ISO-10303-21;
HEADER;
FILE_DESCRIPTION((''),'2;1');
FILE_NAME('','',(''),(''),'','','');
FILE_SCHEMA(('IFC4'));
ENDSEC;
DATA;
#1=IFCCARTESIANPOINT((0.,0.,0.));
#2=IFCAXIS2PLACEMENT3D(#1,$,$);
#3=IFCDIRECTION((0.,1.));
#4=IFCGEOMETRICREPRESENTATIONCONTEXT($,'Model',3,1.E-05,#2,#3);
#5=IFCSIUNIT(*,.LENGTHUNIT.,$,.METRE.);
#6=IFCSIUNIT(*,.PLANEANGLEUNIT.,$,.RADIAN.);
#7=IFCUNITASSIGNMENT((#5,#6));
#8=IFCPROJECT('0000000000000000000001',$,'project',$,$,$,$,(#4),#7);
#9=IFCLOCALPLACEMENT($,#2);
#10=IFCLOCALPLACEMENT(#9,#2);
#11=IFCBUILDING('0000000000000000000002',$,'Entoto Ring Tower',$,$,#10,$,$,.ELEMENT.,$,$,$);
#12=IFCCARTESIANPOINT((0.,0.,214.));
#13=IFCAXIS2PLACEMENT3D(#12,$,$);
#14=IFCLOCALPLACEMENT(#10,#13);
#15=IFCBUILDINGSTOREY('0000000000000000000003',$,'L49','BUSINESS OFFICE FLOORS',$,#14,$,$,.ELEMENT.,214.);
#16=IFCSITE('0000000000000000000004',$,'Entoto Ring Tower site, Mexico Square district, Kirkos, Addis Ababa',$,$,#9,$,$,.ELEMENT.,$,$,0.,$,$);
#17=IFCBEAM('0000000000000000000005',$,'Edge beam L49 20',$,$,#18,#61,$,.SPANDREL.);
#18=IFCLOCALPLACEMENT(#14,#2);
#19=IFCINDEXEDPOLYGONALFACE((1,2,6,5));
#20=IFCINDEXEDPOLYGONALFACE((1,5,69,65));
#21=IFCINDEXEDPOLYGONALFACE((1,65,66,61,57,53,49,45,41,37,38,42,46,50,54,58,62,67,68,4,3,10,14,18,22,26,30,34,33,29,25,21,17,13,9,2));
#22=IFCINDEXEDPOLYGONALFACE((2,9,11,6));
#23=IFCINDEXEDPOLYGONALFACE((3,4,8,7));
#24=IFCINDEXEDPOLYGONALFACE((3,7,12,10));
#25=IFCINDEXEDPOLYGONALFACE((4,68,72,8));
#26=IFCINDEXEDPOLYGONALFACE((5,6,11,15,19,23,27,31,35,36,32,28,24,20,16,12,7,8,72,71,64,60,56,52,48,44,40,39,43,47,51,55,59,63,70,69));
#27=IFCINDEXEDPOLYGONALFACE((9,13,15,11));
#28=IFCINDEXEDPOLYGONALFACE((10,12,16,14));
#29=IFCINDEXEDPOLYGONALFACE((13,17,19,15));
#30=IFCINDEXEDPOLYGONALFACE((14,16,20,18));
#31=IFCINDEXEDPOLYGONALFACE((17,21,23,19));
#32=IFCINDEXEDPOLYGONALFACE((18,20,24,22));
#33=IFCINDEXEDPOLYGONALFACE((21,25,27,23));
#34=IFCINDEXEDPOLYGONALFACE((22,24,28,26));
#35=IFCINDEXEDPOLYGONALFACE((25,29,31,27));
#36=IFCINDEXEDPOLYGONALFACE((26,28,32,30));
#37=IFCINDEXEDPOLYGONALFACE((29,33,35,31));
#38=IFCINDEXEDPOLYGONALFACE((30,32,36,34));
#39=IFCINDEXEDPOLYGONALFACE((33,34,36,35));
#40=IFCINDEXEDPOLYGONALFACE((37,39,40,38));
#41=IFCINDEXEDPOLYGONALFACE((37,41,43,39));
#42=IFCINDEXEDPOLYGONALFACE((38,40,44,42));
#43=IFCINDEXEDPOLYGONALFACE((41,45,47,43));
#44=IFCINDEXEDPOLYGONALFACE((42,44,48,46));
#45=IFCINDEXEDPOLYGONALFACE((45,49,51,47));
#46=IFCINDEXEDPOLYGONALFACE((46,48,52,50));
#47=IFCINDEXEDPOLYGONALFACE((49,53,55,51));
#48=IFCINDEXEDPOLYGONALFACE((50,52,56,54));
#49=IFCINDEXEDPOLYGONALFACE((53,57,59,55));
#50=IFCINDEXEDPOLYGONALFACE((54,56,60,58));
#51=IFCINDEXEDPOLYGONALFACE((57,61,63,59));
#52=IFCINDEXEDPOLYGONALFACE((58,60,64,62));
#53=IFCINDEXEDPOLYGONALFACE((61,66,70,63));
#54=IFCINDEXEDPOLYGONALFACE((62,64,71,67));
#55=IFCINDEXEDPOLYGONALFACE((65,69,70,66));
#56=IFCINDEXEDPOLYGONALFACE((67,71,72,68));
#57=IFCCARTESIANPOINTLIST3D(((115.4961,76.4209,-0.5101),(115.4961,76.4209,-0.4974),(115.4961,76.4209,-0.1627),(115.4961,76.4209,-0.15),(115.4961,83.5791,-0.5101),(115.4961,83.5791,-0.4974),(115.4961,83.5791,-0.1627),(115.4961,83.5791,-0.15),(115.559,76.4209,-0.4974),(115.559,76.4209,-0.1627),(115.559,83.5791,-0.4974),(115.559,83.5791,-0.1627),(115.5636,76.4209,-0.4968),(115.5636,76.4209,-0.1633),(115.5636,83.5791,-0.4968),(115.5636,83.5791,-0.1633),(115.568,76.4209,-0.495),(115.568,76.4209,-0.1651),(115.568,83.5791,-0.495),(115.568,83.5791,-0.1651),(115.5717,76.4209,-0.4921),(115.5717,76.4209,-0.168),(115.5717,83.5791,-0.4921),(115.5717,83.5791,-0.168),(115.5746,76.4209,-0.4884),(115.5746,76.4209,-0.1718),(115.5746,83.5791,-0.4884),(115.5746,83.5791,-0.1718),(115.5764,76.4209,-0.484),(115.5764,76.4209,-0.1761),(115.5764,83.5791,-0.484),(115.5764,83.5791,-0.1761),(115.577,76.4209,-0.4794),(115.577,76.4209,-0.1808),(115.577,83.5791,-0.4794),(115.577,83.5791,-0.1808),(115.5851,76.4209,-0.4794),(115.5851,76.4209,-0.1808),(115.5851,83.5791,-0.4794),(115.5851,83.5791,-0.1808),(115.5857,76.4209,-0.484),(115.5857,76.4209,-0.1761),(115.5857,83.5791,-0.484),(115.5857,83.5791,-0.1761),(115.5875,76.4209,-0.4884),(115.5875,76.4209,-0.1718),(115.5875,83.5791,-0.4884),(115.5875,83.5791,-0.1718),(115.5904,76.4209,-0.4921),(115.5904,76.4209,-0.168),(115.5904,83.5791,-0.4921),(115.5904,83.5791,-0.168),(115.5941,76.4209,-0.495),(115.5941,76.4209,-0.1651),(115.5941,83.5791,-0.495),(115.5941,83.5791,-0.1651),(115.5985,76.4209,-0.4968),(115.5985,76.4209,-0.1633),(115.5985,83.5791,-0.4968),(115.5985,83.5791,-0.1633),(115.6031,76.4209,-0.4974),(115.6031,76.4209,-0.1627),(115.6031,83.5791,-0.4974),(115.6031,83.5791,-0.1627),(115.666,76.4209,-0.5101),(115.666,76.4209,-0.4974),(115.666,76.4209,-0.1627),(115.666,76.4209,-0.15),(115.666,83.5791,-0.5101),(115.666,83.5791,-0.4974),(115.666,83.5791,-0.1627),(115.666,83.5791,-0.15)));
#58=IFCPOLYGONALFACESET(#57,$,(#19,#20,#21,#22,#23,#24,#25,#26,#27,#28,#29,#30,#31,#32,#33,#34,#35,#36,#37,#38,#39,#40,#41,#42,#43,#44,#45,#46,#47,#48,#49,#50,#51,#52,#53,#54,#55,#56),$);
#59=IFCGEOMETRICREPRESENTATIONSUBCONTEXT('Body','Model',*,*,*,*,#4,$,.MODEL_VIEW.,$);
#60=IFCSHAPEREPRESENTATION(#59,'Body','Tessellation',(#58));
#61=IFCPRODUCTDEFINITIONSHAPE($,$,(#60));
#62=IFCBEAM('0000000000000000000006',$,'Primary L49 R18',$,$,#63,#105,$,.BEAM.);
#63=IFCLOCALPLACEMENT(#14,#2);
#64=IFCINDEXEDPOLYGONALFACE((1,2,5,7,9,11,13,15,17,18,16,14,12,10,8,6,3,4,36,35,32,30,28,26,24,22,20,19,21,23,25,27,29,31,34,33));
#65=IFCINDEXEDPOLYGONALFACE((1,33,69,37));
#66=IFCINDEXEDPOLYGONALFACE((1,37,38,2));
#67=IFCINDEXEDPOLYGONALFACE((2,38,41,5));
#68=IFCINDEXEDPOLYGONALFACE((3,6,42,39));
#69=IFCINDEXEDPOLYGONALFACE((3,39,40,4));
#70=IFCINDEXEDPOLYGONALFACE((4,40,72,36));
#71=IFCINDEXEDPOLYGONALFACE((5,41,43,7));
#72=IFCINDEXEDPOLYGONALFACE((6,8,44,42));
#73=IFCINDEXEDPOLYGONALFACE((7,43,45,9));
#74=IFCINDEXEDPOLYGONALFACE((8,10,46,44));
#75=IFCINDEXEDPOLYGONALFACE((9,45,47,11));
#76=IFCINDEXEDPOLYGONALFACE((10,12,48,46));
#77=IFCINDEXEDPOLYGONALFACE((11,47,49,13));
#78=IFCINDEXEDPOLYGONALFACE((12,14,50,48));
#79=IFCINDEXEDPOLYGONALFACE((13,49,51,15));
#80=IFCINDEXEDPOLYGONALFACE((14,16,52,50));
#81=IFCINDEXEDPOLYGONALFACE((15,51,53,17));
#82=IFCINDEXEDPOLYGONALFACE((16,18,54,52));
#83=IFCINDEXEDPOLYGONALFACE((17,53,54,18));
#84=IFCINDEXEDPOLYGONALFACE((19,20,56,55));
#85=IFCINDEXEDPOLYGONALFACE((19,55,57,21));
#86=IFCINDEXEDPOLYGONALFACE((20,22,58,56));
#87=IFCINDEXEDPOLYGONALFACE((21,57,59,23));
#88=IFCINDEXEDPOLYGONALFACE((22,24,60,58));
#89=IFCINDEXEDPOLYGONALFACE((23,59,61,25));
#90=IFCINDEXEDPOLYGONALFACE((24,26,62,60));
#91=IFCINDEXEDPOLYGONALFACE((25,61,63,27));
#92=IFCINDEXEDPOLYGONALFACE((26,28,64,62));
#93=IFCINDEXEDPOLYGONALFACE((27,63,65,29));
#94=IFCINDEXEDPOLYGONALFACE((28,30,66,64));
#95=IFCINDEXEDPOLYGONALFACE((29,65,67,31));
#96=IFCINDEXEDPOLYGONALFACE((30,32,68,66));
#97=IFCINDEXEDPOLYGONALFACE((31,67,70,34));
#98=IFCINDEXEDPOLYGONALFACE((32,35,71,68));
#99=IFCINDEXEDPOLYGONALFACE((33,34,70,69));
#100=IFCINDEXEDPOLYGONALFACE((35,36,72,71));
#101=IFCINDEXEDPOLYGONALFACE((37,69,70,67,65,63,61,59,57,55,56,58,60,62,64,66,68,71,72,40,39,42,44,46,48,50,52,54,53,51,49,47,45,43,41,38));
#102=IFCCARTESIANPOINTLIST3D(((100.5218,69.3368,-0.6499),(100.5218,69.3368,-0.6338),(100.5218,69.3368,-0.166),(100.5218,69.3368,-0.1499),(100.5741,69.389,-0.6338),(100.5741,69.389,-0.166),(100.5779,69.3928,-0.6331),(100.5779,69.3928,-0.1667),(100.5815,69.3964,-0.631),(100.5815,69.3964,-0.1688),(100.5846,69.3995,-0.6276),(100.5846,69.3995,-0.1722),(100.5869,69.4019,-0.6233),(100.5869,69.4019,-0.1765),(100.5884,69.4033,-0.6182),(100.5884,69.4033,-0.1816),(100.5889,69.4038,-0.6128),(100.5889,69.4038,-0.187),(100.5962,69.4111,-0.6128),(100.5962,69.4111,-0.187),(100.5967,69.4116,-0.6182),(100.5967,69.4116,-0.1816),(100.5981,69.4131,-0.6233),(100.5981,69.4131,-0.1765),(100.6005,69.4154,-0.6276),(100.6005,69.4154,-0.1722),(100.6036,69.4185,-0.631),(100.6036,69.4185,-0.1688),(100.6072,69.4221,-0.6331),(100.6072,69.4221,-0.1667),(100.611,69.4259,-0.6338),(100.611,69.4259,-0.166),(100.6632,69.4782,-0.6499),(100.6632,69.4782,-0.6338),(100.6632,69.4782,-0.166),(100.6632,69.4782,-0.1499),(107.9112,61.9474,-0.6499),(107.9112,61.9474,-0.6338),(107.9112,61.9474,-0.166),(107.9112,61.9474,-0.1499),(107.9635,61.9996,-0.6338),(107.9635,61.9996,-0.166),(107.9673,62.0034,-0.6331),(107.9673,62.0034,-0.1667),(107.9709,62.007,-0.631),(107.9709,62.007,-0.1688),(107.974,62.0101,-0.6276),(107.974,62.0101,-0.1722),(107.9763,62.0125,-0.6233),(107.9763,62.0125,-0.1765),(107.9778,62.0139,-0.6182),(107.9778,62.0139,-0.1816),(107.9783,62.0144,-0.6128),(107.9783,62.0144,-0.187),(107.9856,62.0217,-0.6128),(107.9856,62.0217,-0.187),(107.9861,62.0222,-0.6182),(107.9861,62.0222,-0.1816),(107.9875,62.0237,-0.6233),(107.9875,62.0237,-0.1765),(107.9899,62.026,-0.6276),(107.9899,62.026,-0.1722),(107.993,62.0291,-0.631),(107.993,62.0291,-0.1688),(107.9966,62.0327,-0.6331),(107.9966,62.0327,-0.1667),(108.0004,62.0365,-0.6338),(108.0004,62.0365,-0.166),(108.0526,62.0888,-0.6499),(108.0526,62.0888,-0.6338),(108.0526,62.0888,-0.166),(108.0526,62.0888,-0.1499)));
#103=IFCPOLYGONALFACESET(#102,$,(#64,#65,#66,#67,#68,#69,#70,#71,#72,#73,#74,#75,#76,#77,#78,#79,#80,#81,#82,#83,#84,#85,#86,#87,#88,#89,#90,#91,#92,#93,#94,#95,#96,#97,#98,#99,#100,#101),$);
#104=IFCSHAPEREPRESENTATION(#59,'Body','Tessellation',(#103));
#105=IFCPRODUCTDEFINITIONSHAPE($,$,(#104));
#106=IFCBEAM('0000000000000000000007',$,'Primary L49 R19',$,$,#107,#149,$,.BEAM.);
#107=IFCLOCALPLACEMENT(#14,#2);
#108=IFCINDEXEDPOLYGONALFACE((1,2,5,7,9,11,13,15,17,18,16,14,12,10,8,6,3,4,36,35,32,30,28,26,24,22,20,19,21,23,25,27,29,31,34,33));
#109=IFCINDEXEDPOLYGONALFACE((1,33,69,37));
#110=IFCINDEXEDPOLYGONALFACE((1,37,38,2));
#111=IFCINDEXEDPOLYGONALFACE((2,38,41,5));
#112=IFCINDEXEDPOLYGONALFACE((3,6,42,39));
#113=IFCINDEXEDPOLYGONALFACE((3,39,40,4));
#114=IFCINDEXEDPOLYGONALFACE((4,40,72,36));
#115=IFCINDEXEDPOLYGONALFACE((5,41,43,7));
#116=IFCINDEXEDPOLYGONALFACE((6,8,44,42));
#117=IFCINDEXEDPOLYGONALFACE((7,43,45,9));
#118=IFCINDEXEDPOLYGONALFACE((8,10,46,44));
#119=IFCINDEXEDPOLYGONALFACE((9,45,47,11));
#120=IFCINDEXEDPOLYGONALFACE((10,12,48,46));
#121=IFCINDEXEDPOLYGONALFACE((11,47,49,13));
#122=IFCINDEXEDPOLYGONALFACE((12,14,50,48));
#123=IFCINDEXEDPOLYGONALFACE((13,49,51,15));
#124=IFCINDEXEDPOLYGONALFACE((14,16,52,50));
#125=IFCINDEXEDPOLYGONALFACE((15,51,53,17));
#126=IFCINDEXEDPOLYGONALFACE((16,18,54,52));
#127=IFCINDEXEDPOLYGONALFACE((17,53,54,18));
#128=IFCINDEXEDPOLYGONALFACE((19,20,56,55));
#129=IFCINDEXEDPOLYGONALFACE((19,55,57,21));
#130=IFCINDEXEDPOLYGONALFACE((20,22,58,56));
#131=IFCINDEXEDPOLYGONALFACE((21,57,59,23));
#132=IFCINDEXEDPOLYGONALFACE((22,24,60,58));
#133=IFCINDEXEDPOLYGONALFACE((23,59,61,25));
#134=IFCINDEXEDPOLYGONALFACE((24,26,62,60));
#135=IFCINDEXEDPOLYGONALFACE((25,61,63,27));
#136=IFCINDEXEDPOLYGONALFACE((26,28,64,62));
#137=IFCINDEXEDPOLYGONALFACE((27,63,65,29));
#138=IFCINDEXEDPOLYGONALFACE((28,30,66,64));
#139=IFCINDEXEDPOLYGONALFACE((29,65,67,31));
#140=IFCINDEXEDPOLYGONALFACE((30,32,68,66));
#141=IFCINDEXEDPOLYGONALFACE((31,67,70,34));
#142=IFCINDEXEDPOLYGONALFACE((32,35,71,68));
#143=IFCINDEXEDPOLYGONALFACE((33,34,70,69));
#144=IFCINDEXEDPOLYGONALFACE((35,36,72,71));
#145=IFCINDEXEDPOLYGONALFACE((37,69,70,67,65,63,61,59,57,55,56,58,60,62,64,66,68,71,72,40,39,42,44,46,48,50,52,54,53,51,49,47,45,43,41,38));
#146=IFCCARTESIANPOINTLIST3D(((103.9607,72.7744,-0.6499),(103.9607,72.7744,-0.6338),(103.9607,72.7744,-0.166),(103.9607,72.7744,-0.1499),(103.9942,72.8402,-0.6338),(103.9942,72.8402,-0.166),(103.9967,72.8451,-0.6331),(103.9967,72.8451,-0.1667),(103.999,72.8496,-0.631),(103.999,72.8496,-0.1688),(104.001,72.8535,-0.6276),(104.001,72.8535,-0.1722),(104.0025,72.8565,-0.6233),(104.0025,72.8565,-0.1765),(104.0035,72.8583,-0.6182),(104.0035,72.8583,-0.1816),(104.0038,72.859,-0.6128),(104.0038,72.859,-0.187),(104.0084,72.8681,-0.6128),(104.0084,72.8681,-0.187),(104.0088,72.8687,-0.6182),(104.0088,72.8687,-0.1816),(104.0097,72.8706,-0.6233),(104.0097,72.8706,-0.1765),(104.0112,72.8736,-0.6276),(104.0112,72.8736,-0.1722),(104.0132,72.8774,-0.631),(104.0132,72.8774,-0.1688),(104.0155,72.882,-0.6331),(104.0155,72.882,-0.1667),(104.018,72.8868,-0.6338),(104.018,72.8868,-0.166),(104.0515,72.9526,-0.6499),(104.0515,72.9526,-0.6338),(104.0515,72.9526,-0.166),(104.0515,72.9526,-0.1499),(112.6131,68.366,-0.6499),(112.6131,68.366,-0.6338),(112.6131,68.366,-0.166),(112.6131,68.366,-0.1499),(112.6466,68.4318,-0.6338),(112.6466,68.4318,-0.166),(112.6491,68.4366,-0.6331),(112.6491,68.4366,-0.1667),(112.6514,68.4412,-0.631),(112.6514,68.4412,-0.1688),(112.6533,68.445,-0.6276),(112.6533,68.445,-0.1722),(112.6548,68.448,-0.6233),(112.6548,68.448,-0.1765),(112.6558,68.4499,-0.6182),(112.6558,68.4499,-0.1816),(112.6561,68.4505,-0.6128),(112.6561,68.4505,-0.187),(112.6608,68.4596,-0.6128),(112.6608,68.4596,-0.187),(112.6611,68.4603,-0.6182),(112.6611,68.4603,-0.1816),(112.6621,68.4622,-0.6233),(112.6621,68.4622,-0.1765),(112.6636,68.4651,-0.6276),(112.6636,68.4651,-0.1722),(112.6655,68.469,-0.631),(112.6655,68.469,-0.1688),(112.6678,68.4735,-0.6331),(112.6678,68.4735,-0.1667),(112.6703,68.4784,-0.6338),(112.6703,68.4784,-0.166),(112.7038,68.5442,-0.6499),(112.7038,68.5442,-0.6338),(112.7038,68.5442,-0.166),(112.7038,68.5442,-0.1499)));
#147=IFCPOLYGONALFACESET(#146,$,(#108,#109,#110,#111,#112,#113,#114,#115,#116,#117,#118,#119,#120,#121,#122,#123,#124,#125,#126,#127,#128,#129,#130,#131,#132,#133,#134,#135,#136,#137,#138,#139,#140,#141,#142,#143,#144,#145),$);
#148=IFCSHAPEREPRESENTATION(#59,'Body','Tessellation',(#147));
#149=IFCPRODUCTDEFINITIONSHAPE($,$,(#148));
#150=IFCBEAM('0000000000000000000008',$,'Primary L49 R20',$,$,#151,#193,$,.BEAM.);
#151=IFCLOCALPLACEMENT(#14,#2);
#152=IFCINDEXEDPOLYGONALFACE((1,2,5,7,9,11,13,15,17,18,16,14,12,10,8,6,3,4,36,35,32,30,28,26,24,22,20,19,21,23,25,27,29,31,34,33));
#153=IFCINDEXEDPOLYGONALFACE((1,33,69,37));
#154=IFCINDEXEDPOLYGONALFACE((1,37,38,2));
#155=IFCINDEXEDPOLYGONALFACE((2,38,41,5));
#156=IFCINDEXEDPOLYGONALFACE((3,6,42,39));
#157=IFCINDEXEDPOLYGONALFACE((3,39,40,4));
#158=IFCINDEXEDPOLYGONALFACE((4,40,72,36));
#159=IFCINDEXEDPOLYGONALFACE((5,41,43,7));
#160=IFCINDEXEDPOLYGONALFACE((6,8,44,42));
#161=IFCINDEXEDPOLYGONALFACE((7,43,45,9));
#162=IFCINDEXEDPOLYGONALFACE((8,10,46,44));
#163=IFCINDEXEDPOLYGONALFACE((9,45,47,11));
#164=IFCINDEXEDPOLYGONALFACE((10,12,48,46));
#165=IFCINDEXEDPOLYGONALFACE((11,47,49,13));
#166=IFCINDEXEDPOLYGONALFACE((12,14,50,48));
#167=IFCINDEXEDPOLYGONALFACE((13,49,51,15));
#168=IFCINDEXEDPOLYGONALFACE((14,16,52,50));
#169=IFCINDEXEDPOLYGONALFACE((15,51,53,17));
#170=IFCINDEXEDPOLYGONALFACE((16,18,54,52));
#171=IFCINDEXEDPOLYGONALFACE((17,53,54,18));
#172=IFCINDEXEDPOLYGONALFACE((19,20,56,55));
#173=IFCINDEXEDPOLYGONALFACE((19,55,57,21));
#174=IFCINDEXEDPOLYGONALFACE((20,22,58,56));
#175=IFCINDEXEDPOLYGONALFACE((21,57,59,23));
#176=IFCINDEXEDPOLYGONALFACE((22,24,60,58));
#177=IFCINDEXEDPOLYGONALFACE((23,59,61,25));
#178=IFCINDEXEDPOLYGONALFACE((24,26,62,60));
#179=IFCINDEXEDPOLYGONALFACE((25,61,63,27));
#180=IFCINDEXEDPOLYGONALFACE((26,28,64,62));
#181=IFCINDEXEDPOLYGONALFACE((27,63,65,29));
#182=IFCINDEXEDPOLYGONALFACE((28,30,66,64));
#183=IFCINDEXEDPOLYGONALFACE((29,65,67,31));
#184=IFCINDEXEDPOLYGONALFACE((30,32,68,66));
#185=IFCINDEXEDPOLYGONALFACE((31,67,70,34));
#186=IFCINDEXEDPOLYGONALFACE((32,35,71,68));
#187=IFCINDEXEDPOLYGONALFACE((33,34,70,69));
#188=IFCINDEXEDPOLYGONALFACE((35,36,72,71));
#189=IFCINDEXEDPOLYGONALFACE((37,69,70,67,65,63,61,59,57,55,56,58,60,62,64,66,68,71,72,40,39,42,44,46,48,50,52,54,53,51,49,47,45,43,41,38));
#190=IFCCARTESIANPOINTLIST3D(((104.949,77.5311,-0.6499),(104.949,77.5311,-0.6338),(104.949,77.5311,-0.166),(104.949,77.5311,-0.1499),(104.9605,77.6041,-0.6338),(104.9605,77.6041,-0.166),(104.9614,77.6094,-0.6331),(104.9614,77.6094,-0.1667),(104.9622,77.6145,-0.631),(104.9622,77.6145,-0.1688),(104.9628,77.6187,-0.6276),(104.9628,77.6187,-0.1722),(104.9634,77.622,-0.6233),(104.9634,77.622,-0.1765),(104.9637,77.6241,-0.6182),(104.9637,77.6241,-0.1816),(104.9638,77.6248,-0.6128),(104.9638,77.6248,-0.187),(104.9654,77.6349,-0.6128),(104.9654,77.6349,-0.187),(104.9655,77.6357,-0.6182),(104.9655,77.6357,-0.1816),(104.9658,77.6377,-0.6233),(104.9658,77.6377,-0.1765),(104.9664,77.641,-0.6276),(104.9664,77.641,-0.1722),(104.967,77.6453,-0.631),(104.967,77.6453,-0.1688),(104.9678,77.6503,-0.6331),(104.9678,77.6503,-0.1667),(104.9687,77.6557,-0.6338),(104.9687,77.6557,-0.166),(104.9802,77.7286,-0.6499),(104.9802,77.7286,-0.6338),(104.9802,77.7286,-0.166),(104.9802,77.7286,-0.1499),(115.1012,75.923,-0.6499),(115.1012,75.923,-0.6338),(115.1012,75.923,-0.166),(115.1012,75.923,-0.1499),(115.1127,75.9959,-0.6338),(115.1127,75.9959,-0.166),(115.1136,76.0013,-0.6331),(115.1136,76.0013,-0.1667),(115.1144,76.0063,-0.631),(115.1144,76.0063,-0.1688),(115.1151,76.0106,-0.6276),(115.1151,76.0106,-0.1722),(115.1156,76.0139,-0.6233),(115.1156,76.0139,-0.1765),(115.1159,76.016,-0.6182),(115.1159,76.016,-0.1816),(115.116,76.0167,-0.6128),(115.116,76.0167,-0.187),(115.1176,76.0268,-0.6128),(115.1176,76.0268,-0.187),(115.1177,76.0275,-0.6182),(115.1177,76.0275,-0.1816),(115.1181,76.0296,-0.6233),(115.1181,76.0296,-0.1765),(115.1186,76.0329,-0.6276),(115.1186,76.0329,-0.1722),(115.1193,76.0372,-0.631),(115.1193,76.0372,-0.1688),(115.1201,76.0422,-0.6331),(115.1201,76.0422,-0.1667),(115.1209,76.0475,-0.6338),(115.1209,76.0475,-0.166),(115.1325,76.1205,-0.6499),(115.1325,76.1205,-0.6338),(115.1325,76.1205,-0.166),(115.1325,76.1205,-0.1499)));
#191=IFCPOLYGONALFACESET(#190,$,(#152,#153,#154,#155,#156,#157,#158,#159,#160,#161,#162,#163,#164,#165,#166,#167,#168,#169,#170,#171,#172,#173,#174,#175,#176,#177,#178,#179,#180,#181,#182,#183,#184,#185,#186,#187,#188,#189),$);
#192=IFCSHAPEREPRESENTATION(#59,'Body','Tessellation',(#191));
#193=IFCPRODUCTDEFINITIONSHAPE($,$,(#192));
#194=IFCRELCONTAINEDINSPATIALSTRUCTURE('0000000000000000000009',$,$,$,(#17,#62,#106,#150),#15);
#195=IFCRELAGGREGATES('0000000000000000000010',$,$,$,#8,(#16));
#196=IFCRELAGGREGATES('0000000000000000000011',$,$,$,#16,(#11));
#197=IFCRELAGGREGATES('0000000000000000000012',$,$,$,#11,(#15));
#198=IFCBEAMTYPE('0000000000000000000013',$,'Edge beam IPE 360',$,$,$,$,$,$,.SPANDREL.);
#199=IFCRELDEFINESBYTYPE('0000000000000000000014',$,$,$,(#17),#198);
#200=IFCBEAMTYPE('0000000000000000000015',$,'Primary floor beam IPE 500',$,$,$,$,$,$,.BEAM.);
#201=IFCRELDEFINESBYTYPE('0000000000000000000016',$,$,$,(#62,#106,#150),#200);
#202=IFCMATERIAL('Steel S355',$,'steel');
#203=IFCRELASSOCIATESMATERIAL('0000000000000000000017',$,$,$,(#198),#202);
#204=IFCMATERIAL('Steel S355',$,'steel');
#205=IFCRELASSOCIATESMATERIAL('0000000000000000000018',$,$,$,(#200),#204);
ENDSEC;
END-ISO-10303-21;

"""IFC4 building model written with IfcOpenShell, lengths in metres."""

from ifc_helpers import new_model, si_unit, direction, frame, origin, origin_2d, place, context, subcontext, project, spatial, i_section, extrude, material, material_profile, profile_set, type_object, element, save


model = new_model("IFC4")

# Units and contexts
model_context = context("Model", 3, precision=1e-05, world=origin(), true_north=direction((0.0, 1.0)))
body_context = subcontext(model_context, "Body", "Model", "MODEL_VIEW")
ifc_project = project(units=[si_unit("LENGTHUNIT", "METRE"), si_unit("PLANEANGLEUNIT", "RADIAN")], contexts=[model_context])

# Site, building, storey
site_placement = place(None, origin())
site = spatial("IfcSite", under=ifc_project, at=site_placement, Name="Entoto Ring Tower site, Mexico Square district, Kirkos, Addis Ababa", CompositionType="ELEMENT", RefElevation=0.0)
building_placement = place(site_placement, origin())
building = spatial("IfcBuilding", under=site, at=building_placement, Name="Entoto Ring Tower", CompositionType="ELEMENT")
storey_placement = place(building_placement, frame((0.0, 0.0, 214.0)))
storey = spatial("IfcBuildingStorey", under=building, at=storey_placement, Name="L49", Description="BUSINESS OFFICE FLOORS", CompositionType="ELEMENT", Elevation=214.0)

# Beams
ifc_material_1 = material(Name="Steel S355", Category="steel")
ifc_material_profile_1 = material_profile(ifc_material_1, i_section(OverallWidth=0.1699, OverallDepth=0.3601, WebThickness=0.0081, FlangeThickness=0.0127, FilletRadius=0.0181, at=origin_2d()), Name="IPE 360")
ifc_profile_set_1 = profile_set([ifc_material_profile_1], Name="Steel S355")
beam_type_1 = type_object("IfcBeamType", Name="Edge beam IPE 360", PredefinedType="SPANDREL", material=ifc_profile_set_1)
beam_1_placement = place(storey_placement, frame((115.5811, 76.4209, -0.3301), z_axis=(0.0, 1.0, 0.0), x_axis=(-1.0, 0.0, 0.0)))
element("IfcBeam", 1, at=beam_1_placement, inside=storey, type_object=beam_type_1, Name="Edge beam L49 20", PredefinedType="SPANDREL", context=body_context, shape_type="SweptSolid", body=[
    extrude(i_section(OverallWidth=0.1699, OverallDepth=0.3601, WebThickness=0.0081, FlangeThickness=0.0127, FilletRadius=0.0181, at=origin_2d()), origin(), (0.0, 0.0, 1.0), 7.1582),
])
ifc_material_2 = material(Name="Steel S355", Category="steel")
ifc_material_profile_2 = material_profile(ifc_material_2, i_section(OverallWidth=0.2, OverallDepth=0.5, WebThickness=0.0103, FlangeThickness=0.0161, FilletRadius=0.021, at=origin_2d()), Name="IPE 500")
ifc_profile_set_2 = profile_set([ifc_material_profile_2], Name="Steel S355")
beam_type_2 = type_object("IfcBeamType", Name="Primary floor beam IPE 500", PredefinedType="BEAM", material=ifc_profile_set_2)
beam_2_placement = place(storey_placement, frame((100.5925, 69.4075, -0.3999), z_axis=(0.707107, -0.707107, 0.0), x_axis=(0.707107, 0.707107, 0.0)))
element("IfcBeam", 2, at=beam_2_placement, inside=storey, type_object=beam_type_2, Name="Primary L49 R18", PredefinedType="BEAM", context=body_context, shape_type="SweptSolid", body=[
    extrude(i_section(OverallWidth=0.2, OverallDepth=0.5, WebThickness=0.0103, FlangeThickness=0.0161, FilletRadius=0.021, at=origin_2d()), origin(), (0.0, 0.0, 1.0), 10.4502),
])
beam_3_placement = place(storey_placement, frame((104.0061, 72.8635, -0.3999), z_axis=(0.891012, -0.453979, 0.0), x_axis=(0.453979, 0.891012, 0.0)))
element("IfcBeam", 3, at=beam_3_placement, inside=storey, type_object=beam_type_2, Name="Primary L49 R19", PredefinedType="BEAM", context=body_context, shape_type="SweptSolid", body=[
    extrude(i_section(OverallWidth=0.2, OverallDepth=0.5, WebThickness=0.0103, FlangeThickness=0.0161, FilletRadius=0.021, at=origin_2d()), origin(), (0.0, 0.0, 1.0), 9.7107),
])
beam_4_placement = place(storey_placement, frame((104.9646, 77.6299, -0.3999), z_axis=(0.987686, -0.156452, 0.0), x_axis=(0.156452, 0.987686, 0.0)))
element("IfcBeam", 4, at=beam_4_placement, inside=storey, type_object=beam_type_2, Name="Primary L49 R20", PredefinedType="BEAM", context=body_context, shape_type="SweptSolid", body=[
    extrude(i_section(OverallWidth=0.2, OverallDepth=0.5, WebThickness=0.0103, FlangeThickness=0.0161, FilletRadius=0.021, at=origin_2d()), origin(), (0.0, 0.0, 1.0), 10.2788),
])

save(model, "model.ifc")
